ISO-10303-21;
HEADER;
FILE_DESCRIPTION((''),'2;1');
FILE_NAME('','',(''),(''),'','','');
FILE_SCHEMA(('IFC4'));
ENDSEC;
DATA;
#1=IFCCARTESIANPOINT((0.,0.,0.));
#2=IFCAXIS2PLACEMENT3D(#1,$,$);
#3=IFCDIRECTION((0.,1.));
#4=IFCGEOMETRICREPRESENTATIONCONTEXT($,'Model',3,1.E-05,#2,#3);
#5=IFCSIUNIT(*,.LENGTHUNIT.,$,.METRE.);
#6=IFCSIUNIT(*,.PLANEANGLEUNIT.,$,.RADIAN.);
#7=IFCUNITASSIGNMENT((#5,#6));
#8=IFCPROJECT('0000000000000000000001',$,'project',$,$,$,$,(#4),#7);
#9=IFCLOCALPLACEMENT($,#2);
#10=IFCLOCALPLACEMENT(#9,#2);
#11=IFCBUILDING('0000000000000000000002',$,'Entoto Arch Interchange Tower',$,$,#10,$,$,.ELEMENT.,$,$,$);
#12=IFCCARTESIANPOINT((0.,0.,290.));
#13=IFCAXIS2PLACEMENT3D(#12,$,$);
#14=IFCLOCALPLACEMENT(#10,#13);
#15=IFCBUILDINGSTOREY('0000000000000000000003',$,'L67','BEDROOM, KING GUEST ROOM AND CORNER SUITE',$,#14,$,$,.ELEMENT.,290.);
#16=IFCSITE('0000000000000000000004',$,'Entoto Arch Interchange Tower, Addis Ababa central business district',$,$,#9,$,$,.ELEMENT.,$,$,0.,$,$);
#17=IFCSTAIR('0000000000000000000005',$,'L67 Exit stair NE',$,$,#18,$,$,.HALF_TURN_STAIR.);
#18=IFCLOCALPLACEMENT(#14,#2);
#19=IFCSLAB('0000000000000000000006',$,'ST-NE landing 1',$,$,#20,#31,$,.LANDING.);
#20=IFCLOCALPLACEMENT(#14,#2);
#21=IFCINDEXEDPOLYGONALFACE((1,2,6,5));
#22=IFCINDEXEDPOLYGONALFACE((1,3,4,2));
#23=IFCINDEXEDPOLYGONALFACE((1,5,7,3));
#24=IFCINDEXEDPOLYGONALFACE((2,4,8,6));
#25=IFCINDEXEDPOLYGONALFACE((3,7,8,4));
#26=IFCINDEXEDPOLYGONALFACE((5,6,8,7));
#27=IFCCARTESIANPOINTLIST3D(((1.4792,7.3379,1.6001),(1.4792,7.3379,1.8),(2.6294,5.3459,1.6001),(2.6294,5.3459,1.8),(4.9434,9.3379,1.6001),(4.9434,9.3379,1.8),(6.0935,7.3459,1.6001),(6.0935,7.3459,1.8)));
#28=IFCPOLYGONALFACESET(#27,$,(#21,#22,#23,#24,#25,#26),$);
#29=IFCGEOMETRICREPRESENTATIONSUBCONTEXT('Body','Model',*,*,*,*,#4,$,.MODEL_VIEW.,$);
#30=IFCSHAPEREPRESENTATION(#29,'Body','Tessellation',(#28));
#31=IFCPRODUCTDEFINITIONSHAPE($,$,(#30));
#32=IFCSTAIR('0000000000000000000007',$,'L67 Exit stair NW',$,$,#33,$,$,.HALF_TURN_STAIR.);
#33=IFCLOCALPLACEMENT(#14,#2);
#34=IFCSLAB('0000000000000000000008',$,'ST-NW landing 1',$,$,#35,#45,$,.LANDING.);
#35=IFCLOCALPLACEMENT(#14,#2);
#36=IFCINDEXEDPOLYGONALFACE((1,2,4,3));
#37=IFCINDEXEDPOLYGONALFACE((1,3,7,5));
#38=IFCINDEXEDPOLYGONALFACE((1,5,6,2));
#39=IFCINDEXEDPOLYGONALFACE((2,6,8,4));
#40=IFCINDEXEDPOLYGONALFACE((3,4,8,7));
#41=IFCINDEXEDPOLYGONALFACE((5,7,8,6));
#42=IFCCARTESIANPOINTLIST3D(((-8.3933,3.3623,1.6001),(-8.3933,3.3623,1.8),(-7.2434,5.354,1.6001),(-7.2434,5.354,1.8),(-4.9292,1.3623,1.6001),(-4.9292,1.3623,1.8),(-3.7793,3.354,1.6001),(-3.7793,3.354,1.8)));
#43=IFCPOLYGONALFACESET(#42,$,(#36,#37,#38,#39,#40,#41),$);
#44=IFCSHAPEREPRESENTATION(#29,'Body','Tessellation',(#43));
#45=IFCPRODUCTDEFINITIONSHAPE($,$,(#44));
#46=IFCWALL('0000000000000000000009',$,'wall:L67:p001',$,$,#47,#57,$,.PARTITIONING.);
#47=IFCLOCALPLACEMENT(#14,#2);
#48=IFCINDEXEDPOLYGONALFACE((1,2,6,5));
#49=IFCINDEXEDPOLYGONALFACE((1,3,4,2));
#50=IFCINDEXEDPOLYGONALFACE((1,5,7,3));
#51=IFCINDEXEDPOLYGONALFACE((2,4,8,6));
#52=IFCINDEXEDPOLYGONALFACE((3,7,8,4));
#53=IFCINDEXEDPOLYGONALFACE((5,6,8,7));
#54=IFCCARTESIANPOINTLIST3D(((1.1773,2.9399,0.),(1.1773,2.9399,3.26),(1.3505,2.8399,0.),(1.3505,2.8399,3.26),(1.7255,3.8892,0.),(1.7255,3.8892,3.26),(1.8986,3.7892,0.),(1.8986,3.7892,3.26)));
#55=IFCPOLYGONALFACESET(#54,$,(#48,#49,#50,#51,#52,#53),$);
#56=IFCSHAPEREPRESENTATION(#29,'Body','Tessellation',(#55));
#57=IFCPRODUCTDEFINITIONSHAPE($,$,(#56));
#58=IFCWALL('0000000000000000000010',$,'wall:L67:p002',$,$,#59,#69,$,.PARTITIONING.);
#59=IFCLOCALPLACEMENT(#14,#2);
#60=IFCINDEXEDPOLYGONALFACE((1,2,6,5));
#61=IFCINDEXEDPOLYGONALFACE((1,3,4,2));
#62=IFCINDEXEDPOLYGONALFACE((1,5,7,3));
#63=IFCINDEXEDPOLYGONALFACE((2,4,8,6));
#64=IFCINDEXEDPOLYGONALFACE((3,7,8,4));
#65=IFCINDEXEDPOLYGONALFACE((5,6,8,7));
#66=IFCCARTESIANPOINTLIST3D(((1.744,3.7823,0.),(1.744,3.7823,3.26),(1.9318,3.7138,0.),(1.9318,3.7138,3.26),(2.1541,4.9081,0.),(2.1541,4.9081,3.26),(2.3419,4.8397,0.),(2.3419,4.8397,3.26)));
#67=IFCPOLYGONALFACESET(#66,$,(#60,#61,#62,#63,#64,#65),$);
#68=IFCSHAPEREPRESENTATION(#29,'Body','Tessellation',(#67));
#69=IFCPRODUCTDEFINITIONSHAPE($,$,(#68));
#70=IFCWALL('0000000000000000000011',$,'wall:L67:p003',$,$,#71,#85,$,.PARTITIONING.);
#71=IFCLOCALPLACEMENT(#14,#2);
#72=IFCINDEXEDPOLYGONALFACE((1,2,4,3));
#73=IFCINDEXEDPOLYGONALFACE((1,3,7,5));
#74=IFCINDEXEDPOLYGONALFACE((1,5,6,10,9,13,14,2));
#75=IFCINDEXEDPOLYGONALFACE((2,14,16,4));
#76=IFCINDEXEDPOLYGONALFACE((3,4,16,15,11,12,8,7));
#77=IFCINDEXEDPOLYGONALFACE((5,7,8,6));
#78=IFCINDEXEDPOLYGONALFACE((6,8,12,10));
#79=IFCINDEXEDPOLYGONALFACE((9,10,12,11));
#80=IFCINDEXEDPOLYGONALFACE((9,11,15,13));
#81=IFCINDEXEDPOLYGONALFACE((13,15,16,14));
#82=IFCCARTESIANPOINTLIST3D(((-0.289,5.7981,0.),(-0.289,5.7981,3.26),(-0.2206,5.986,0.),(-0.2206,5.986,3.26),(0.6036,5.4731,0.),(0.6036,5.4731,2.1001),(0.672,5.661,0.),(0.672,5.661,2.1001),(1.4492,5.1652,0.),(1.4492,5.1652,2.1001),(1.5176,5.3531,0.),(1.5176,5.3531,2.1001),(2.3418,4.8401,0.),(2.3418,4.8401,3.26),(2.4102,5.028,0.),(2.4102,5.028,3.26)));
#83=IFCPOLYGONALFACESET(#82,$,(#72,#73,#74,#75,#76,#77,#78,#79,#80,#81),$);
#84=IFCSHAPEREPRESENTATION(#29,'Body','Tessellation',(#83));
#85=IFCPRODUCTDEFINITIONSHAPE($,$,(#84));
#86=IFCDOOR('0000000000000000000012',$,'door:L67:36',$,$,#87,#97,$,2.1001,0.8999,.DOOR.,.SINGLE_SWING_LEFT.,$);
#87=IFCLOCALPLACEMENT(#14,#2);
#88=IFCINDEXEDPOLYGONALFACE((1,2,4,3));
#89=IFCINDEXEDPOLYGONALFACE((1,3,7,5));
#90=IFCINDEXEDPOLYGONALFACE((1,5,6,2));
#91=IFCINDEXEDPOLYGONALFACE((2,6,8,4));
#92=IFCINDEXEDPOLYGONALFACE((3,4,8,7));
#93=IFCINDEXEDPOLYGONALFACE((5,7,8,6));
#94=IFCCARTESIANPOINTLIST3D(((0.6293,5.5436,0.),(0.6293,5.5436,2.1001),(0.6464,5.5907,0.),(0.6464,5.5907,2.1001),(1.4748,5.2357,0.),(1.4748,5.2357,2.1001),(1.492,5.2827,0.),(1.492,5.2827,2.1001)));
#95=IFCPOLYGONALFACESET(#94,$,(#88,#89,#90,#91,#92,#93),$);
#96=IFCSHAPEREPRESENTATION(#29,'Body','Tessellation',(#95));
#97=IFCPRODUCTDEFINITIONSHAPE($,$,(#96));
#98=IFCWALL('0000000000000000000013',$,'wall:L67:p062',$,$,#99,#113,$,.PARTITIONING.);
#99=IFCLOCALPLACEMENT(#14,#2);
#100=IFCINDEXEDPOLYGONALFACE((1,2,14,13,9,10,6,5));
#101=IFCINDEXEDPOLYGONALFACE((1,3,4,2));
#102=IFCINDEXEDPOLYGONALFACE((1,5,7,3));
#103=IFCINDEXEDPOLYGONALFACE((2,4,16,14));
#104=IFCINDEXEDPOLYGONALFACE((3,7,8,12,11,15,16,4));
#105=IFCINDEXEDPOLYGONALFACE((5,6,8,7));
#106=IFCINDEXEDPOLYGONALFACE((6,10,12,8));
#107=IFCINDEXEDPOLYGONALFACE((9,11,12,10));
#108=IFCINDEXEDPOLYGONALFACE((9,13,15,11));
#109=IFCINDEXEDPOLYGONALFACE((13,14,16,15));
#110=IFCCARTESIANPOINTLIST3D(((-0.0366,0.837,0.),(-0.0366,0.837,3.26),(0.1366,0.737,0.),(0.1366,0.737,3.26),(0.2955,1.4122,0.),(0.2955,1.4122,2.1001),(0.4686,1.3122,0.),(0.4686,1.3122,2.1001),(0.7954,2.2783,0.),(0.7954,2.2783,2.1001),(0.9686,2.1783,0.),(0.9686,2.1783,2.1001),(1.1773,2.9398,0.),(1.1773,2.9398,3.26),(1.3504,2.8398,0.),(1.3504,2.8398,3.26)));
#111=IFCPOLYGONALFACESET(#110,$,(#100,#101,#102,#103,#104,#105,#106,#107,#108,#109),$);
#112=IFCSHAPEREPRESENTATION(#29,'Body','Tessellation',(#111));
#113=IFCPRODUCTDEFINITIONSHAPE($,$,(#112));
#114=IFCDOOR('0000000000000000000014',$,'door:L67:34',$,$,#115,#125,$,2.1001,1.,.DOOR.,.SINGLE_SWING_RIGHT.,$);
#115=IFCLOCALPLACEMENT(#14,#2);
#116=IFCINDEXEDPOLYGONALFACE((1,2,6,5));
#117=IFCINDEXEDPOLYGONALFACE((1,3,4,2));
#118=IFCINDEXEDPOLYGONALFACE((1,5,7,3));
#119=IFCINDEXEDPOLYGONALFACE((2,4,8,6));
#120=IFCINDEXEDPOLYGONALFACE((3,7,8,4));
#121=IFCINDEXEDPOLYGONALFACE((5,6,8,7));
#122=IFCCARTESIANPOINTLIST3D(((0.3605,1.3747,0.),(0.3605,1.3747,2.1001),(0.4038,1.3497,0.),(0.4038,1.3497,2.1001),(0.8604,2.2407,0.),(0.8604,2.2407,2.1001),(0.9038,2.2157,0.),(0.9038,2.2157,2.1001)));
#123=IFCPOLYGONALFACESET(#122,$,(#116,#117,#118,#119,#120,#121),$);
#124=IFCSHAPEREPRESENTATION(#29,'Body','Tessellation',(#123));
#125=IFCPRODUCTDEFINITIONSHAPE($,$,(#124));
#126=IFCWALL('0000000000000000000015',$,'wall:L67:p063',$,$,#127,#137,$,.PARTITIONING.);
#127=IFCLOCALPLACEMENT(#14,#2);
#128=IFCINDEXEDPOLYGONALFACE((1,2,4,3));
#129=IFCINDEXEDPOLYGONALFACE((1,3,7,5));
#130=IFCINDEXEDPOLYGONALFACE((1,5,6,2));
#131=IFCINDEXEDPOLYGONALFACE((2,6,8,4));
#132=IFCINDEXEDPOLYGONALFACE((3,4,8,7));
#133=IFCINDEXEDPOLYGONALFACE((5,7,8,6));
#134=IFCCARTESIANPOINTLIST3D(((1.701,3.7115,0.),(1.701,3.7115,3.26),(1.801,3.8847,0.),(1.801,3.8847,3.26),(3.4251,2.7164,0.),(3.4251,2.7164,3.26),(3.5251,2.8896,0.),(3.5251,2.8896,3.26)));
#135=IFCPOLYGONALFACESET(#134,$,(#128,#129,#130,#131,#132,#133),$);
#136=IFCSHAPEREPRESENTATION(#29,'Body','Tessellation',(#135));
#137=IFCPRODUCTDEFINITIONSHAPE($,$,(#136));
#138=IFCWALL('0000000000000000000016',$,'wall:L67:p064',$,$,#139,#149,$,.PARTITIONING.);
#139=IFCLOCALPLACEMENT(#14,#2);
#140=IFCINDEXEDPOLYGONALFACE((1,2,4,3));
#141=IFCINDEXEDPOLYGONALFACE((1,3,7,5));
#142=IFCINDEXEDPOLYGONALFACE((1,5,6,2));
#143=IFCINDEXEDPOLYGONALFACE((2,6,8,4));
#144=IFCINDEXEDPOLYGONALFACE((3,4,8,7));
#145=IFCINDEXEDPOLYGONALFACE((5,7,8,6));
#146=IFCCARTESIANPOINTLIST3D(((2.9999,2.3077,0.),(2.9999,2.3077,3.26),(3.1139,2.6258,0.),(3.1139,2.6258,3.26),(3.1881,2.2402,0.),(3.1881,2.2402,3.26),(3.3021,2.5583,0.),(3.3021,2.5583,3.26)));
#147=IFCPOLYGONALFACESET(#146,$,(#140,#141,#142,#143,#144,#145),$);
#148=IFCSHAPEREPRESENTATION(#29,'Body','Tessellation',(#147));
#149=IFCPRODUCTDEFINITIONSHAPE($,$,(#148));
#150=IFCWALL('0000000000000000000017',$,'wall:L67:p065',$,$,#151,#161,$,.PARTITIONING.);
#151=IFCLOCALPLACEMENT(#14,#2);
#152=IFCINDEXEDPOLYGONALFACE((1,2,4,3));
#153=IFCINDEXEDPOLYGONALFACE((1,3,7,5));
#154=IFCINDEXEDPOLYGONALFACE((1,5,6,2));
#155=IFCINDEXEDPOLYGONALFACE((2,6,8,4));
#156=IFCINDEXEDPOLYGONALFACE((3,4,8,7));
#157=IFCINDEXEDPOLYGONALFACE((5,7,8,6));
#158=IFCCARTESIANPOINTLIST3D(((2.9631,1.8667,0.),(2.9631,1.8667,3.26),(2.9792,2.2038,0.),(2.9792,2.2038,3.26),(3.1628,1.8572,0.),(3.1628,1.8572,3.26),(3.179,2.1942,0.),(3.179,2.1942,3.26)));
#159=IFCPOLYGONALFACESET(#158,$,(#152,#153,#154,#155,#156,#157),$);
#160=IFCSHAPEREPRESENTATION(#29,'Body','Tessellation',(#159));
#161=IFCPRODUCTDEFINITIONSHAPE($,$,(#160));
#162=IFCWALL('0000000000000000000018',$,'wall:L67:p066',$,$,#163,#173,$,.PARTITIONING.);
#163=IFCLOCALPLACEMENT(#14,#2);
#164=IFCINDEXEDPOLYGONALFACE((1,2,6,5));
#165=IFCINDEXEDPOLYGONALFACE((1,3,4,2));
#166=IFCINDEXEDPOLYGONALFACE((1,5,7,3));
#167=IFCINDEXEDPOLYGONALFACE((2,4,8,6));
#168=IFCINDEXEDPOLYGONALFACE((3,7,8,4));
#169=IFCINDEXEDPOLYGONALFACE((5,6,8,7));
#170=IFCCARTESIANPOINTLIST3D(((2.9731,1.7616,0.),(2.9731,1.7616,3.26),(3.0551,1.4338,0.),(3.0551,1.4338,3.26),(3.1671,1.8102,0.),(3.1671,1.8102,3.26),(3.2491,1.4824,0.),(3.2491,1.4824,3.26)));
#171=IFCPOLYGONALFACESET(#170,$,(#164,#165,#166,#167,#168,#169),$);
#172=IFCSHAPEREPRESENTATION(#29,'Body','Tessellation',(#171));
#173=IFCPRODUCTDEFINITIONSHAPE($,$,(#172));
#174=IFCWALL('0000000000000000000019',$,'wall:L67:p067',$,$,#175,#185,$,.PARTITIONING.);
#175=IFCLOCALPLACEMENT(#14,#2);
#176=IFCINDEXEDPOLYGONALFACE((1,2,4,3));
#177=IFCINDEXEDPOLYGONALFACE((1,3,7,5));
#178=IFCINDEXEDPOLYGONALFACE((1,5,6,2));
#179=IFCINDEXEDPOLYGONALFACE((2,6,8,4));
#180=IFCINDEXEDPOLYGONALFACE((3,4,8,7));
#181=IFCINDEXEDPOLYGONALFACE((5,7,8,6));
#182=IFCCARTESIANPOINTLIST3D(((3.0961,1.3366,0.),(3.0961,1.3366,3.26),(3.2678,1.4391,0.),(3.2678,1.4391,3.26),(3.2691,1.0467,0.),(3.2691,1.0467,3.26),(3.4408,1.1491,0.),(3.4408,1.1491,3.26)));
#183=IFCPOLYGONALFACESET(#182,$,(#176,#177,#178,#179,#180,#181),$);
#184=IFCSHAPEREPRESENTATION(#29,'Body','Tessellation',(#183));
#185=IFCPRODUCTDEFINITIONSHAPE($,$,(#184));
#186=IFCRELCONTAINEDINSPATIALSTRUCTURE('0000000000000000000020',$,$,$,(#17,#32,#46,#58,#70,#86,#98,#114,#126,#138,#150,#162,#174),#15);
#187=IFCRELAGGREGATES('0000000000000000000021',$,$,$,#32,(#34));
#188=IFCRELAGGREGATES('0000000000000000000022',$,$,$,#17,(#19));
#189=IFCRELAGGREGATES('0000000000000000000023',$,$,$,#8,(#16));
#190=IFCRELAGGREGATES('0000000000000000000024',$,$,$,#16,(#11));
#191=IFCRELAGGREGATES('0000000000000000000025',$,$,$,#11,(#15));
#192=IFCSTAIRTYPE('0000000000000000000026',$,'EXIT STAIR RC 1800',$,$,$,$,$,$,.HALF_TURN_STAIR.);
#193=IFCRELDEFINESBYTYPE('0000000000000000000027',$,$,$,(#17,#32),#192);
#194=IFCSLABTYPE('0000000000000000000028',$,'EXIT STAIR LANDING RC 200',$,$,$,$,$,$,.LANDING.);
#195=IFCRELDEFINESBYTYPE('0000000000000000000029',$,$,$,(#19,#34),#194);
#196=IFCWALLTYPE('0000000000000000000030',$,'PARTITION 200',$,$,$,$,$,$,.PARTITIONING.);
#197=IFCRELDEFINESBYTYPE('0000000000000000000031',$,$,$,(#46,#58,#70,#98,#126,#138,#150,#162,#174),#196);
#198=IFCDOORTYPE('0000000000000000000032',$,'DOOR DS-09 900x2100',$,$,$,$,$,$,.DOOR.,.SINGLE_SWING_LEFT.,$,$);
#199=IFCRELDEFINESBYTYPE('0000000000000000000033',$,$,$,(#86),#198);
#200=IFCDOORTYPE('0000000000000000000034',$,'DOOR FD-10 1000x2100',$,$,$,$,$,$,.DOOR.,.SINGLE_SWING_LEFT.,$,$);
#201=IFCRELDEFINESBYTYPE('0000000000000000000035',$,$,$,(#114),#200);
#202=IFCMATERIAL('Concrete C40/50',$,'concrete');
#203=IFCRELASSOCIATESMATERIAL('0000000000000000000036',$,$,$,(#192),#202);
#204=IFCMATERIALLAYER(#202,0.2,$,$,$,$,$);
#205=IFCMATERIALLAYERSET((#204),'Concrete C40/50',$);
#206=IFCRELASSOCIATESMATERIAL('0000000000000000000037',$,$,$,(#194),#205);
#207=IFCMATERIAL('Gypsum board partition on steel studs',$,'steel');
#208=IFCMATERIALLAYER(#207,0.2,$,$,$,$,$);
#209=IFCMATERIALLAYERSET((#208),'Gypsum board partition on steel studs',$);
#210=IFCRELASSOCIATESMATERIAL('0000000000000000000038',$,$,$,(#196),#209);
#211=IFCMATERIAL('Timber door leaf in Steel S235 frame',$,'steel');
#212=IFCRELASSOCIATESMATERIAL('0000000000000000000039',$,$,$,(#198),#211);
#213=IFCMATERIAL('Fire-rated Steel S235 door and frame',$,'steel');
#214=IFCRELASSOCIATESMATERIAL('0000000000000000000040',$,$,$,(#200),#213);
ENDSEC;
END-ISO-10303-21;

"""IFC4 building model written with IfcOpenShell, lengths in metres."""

from ifc_helpers import new_model, si_unit, direction, frame, frame_2d, origin, place, context, subcontext, project, spatial, polyline, rectangle, outline, extrude, material, layer, layer_set, type_object, element, fill, aggregate, save


model = new_model("IFC4")

# Units and contexts
model_context = context("Model", 3, precision=1e-05, world=origin(), true_north=direction((0.0, 1.0)))
body_context = subcontext(model_context, "Body", "Model", "MODEL_VIEW")
ifc_project = project(units=[si_unit("LENGTHUNIT", "METRE"), si_unit("PLANEANGLEUNIT", "RADIAN")], contexts=[model_context])

# Site, building, storey
site_placement = place(None, origin())
site = spatial("IfcSite", under=ifc_project, at=site_placement, Name="Entoto Arch Interchange Tower, Addis Ababa central business district", CompositionType="ELEMENT", RefElevation=0.0)
building_placement = place(site_placement, origin())
building = spatial("IfcBuilding", under=site, at=building_placement, Name="Entoto Arch Interchange Tower", CompositionType="ELEMENT")
storey_placement = place(building_placement, frame((0.0, 0.0, 290.0)))
storey = spatial("IfcBuildingStorey", under=building, at=storey_placement, Name="L67", Description="BEDROOM, KING GUEST ROOM AND CORNER SUITE", CompositionType="ELEMENT", Elevation=290.0)

# Stairs, slabs
ifc_material_1 = material(Name="Concrete C40/50", Category="concrete")
stair_type = type_object("IfcStairType", Name="EXIT STAIR RC 1800", PredefinedType="HALF_TURN_STAIR", material=ifc_material_1)
stair_1_placement = place(storey_placement, origin())
stair_1 = element("IfcStair", 1, at=stair_1_placement, inside=storey, type_object=stair_type, Name="L67 Exit stair NE", PredefinedType="HALF_TURN_STAIR")
ifc_layer_1 = layer(ifc_material_1, 0.2)
ifc_layer_set_1 = layer_set([ifc_layer_1], Name="Concrete C40/50")
slab_type = type_object("IfcSlabType", Name="EXIT STAIR LANDING RC 200", PredefinedType="LANDING", material=ifc_layer_set_1)
slab_1_placement = place(storey_placement, frame((0.0, 0.0, 1.6001)))
slab_1 = element("IfcSlab", 2, at=slab_1_placement, type_object=slab_type, Name="ST-NE landing 1", PredefinedType="LANDING", context=body_context, shape_type="SweptSolid", body=[
    extrude(outline(polyline([(6.0935, 7.3459), (4.9434, 9.3379), (1.4792, 7.3379), (2.6294, 5.3459), (6.0935, 7.3459)])), origin(), (0.0, 0.0, 1.0), 0.2),
])
stair_2_placement = place(storey_placement, origin())
stair_2 = element("IfcStair", 3, at=stair_2_placement, inside=storey, type_object=stair_type, Name="L67 Exit stair NW", PredefinedType="HALF_TURN_STAIR")
slab_2_placement = place(storey_placement, frame((0.0, 0.0, 1.6001)))
slab_2 = element("IfcSlab", 4, at=slab_2_placement, type_object=slab_type, Name="ST-NW landing 1", PredefinedType="LANDING", context=body_context, shape_type="SweptSolid", body=[
    extrude(outline(polyline([(-7.2434, 5.354), (-8.3933, 3.3623), (-4.9292, 1.3623), (-3.7793, 3.354), (-7.2434, 5.354)])), origin(), (0.0, 0.0, 1.0), 0.2),
])
aggregate(stair_2, [slab_2])

# Walls
ifc_material_2 = material(Name="Gypsum board partition on steel studs", Category="steel")
ifc_layer_2 = layer(ifc_material_2, 0.2)
ifc_layer_set_2 = layer_set([ifc_layer_2], Name="Gypsum board partition on steel studs")
wall_type = type_object("IfcWallType", Name="PARTITION 200", PredefinedType="PARTITIONING", material=ifc_layer_set_2)
wall_1_placement = place(storey_placement, frame((1.2639, 2.8899, 0.0), z_axis=(0.0, 0.0, 1.0), x_axis=(0.500044, 0.866, 0.0)))
element("IfcWall", 5, at=wall_1_placement, inside=storey, type_object=wall_type, Name="wall:L67:p001", PredefinedType="PARTITIONING", context=body_context, shape_type="SweptSolid", body=[
    extrude(rectangle(XDim=1.0962, YDim=0.2, at=frame_2d((0.5481, 0.0))), origin(), (0.0, 0.0, 1.0), 3.26),
])
wall_2_placement = place(storey_placement, frame((1.8379, 3.748, 0.0), z_axis=(0.0, 0.0, 1.0), x_axis=(0.342266, 0.939603, 0.0)))
element("IfcWall", 6, at=wall_2_placement, inside=storey, type_object=wall_type, Name="wall:L67:p002", PredefinedType="PARTITIONING", context=body_context, shape_type="SweptSolid", body=[
    extrude(rectangle(XDim=1.1982, YDim=0.2, at=frame_2d((0.5991, 0.0))), origin(), (0.0, 0.0, 1.0), 3.26),
])

# Walls, openings, doors
wall_3_placement = place(storey_placement, frame((2.376, 4.9341, 0.0), z_axis=(0.0, 0.0, 1.0), x_axis=(-0.939641, 0.342163, 0.0)))
wall_3 = element("IfcWall", 7, at=wall_3_placement, inside=storey, type_object=wall_type, Name="wall:L67:p003", PredefinedType="PARTITIONING", context=body_context, shape_type="SweptSolid", body=[
    extrude(rectangle(XDim=2.7998, YDim=0.2, at=frame_2d((1.3999, 0.0))), origin(), (0.0, 0.0, 1.0), 3.26),
])
opening_1_placement = place(wall_3_placement, frame((0.95, 0.0, 0.0)))
opening_1 = element("IfcOpeningElement", 8, at=opening_1_placement, cuts=wall_3, PredefinedType="OPENING", context=body_context, shape_type="SweptSolid", body=[
    extrude(rectangle(XDim=0.8999, YDim=2.1001, at=frame_2d((0.45, 1.05))), frame((0.0, 0.1099, 0.0), z_axis=(0.0, -1.0, 0.0), x_axis=(1.0, 0.0, 0.0)), (0.0, 0.0, 1.0), 0.22),
])
ifc_material_3 = material(Name="Timber door leaf in Steel S235 frame", Category="steel")
door_type_1 = type_object("IfcDoorType", Name="DOOR DS-09 900x2100", OperationType="SINGLE_SWING_LEFT", PredefinedType="DOOR", material=ifc_material_3)
door_1_placement = place(opening_1_placement, origin())
door_1 = element("IfcDoor", 9, at=door_1_placement, inside=storey, type_object=door_type_1, Name="door:L67:36", OperationType="SINGLE_SWING_LEFT", OverallHeight=2.1001, OverallWidth=0.8999, PredefinedType="DOOR", context=body_context, shape_type="SweptSolid", body=[
    extrude(rectangle(XDim=0.8999, YDim=2.1001, at=frame_2d((0.45, 1.05))), frame((0.0, 0.0249, 0.0), z_axis=(0.0, -1.0, 0.0), x_axis=(1.0, 0.0, 0.0)), (0.0, 0.0, 1.0), 0.05),
])
fill(opening_1, door_1)
wall_4_placement = place(storey_placement, frame((0.05, 0.7871, 0.0), z_axis=(0.0, 0.0, 1.0), x_axis=(0.499946, 0.866057, 0.0)))
wall_4 = element("IfcWall", 10, at=wall_4_placement, inside=storey, type_object=wall_type, Name="wall:L67:p062", PredefinedType="PARTITIONING", context=body_context, shape_type="SweptSolid", body=[
    extrude(rectangle(XDim=2.428, YDim=0.2, at=frame_2d((1.2139, 0.0))), origin(), (0.0, 0.0, 1.0), 3.26),
])
opening_2_placement = place(wall_4_placement, frame((0.6641, 0.0, 0.0)))
opening_2 = element("IfcOpeningElement", 11, at=opening_2_placement, cuts=wall_4, PredefinedType="OPENING", context=body_context, shape_type="SweptSolid", body=[
    extrude(rectangle(XDim=1.0, YDim=2.1001, at=frame_2d((0.5, 1.05))), frame((0.0, 0.1099, 0.0), z_axis=(0.0, -1.0, 0.0), x_axis=(1.0, 0.0, 0.0)), (0.0, 0.0, 1.0), 0.22),
])
ifc_material_4 = material(Name="Fire-rated Steel S235 door and frame", Category="steel")
door_type_2 = type_object("IfcDoorType", Name="DOOR FD-10 1000x2100", OperationType="SINGLE_SWING_LEFT", PredefinedType="DOOR", material=ifc_material_4)
door_2_placement = place(opening_2_placement, origin())
door_2 = element("IfcDoor", 12, at=door_2_placement, inside=storey, type_object=door_type_2, Name="door:L67:34", OperationType="SINGLE_SWING_RIGHT", OverallHeight=2.1001, OverallWidth=1.0, PredefinedType="DOOR", context=body_context, shape_type="SweptSolid", body=[
    extrude(rectangle(XDim=1.0, YDim=2.1001, at=frame_2d((0.5, 1.05))), frame((0.0, 0.0249, 0.0), z_axis=(0.0, -1.0, 0.0), x_axis=(1.0, 0.0, 0.0)), (0.0, 0.0, 1.0), 0.05),
])
fill(opening_2, door_2)

# Walls
wall_5_placement = place(storey_placement, frame((1.751, 3.7981, 0.0), z_axis=(0.0, 0.0, 1.0), x_axis=(0.866092, -0.499885, 0.0)))
element("IfcWall", 13, at=wall_5_placement, inside=storey, type_object=wall_type, Name="wall:L67:p063", PredefinedType="PARTITIONING", context=body_context, shape_type="SweptSolid", body=[
    extrude(rectangle(XDim=1.9907, YDim=0.2, at=frame_2d((0.9954, 0.0))), origin(), (0.0, 0.0, 1.0), 3.26),
])
wall_6_placement = place(storey_placement, frame((3.208, 2.592, 0.0), z_axis=(0.0, 0.0, 1.0), x_axis=(-0.337389, -0.941365, 0.0)))
element("IfcWall", 14, at=wall_6_placement, inside=storey, type_object=wall_type, Name="wall:L67:p064", PredefinedType="PARTITIONING", context=body_context, shape_type="SweptSolid", body=[
    extrude(rectangle(XDim=0.3379, YDim=0.2, at=frame_2d((0.1689, 0.0))), origin(), (0.0, 0.0, 1.0), 3.26),
])
wall_7_placement = place(storey_placement, frame((3.0791, 2.199, 0.0), z_axis=(0.0, 0.0, 1.0), x_axis=(-0.047771, -0.998858, 0.0)))
element("IfcWall", 15, at=wall_7_placement, inside=storey, type_object=wall_type, Name="wall:L67:p065", PredefinedType="PARTITIONING", context=body_context, shape_type="SweptSolid", body=[
    extrude(rectangle(XDim=0.3374, YDim=0.2, at=frame_2d((0.1687, 0.0))), origin(), (0.0, 0.0, 1.0), 3.26),
])
wall_8_placement = place(storey_placement, frame((3.0701, 1.7859, 0.0), z_axis=(0.0, 0.0, 1.0), x_axis=(0.242706, -0.9701, 0.0)))
element("IfcWall", 16, at=wall_8_placement, inside=storey, type_object=wall_type, Name="wall:L67:p066", PredefinedType="PARTITIONING", context=body_context, shape_type="SweptSolid", body=[
    extrude(rectangle(XDim=0.3379, YDim=0.2, at=frame_2d((0.1689, 0.0))), origin(), (0.0, 0.0, 1.0), 3.26),
])
for number, where, z_axis, x_axis, name in (
    (17, (3.1819, 1.3879, 0.0), (0.0, 0.0, 1.0), (0.512475, -0.858702, 0.0), "wall:L67:p067"),
):
    element("IfcWall", number, at=place(storey_placement, frame(where, z_axis=z_axis, x_axis=x_axis)), inside=storey, type_object=wall_type, Name=name, PredefinedType="PARTITIONING", context=body_context, shape_type="SweptSolid", body=[
        extrude(rectangle(XDim=0.3376, YDim=0.2, at=frame_2d((0.1689, 0.0))), origin(), (0.0, 0.0, 1.0), 3.26),
    ])

aggregate(stair_1, [slab_1])

save(model, "model.ifc")
